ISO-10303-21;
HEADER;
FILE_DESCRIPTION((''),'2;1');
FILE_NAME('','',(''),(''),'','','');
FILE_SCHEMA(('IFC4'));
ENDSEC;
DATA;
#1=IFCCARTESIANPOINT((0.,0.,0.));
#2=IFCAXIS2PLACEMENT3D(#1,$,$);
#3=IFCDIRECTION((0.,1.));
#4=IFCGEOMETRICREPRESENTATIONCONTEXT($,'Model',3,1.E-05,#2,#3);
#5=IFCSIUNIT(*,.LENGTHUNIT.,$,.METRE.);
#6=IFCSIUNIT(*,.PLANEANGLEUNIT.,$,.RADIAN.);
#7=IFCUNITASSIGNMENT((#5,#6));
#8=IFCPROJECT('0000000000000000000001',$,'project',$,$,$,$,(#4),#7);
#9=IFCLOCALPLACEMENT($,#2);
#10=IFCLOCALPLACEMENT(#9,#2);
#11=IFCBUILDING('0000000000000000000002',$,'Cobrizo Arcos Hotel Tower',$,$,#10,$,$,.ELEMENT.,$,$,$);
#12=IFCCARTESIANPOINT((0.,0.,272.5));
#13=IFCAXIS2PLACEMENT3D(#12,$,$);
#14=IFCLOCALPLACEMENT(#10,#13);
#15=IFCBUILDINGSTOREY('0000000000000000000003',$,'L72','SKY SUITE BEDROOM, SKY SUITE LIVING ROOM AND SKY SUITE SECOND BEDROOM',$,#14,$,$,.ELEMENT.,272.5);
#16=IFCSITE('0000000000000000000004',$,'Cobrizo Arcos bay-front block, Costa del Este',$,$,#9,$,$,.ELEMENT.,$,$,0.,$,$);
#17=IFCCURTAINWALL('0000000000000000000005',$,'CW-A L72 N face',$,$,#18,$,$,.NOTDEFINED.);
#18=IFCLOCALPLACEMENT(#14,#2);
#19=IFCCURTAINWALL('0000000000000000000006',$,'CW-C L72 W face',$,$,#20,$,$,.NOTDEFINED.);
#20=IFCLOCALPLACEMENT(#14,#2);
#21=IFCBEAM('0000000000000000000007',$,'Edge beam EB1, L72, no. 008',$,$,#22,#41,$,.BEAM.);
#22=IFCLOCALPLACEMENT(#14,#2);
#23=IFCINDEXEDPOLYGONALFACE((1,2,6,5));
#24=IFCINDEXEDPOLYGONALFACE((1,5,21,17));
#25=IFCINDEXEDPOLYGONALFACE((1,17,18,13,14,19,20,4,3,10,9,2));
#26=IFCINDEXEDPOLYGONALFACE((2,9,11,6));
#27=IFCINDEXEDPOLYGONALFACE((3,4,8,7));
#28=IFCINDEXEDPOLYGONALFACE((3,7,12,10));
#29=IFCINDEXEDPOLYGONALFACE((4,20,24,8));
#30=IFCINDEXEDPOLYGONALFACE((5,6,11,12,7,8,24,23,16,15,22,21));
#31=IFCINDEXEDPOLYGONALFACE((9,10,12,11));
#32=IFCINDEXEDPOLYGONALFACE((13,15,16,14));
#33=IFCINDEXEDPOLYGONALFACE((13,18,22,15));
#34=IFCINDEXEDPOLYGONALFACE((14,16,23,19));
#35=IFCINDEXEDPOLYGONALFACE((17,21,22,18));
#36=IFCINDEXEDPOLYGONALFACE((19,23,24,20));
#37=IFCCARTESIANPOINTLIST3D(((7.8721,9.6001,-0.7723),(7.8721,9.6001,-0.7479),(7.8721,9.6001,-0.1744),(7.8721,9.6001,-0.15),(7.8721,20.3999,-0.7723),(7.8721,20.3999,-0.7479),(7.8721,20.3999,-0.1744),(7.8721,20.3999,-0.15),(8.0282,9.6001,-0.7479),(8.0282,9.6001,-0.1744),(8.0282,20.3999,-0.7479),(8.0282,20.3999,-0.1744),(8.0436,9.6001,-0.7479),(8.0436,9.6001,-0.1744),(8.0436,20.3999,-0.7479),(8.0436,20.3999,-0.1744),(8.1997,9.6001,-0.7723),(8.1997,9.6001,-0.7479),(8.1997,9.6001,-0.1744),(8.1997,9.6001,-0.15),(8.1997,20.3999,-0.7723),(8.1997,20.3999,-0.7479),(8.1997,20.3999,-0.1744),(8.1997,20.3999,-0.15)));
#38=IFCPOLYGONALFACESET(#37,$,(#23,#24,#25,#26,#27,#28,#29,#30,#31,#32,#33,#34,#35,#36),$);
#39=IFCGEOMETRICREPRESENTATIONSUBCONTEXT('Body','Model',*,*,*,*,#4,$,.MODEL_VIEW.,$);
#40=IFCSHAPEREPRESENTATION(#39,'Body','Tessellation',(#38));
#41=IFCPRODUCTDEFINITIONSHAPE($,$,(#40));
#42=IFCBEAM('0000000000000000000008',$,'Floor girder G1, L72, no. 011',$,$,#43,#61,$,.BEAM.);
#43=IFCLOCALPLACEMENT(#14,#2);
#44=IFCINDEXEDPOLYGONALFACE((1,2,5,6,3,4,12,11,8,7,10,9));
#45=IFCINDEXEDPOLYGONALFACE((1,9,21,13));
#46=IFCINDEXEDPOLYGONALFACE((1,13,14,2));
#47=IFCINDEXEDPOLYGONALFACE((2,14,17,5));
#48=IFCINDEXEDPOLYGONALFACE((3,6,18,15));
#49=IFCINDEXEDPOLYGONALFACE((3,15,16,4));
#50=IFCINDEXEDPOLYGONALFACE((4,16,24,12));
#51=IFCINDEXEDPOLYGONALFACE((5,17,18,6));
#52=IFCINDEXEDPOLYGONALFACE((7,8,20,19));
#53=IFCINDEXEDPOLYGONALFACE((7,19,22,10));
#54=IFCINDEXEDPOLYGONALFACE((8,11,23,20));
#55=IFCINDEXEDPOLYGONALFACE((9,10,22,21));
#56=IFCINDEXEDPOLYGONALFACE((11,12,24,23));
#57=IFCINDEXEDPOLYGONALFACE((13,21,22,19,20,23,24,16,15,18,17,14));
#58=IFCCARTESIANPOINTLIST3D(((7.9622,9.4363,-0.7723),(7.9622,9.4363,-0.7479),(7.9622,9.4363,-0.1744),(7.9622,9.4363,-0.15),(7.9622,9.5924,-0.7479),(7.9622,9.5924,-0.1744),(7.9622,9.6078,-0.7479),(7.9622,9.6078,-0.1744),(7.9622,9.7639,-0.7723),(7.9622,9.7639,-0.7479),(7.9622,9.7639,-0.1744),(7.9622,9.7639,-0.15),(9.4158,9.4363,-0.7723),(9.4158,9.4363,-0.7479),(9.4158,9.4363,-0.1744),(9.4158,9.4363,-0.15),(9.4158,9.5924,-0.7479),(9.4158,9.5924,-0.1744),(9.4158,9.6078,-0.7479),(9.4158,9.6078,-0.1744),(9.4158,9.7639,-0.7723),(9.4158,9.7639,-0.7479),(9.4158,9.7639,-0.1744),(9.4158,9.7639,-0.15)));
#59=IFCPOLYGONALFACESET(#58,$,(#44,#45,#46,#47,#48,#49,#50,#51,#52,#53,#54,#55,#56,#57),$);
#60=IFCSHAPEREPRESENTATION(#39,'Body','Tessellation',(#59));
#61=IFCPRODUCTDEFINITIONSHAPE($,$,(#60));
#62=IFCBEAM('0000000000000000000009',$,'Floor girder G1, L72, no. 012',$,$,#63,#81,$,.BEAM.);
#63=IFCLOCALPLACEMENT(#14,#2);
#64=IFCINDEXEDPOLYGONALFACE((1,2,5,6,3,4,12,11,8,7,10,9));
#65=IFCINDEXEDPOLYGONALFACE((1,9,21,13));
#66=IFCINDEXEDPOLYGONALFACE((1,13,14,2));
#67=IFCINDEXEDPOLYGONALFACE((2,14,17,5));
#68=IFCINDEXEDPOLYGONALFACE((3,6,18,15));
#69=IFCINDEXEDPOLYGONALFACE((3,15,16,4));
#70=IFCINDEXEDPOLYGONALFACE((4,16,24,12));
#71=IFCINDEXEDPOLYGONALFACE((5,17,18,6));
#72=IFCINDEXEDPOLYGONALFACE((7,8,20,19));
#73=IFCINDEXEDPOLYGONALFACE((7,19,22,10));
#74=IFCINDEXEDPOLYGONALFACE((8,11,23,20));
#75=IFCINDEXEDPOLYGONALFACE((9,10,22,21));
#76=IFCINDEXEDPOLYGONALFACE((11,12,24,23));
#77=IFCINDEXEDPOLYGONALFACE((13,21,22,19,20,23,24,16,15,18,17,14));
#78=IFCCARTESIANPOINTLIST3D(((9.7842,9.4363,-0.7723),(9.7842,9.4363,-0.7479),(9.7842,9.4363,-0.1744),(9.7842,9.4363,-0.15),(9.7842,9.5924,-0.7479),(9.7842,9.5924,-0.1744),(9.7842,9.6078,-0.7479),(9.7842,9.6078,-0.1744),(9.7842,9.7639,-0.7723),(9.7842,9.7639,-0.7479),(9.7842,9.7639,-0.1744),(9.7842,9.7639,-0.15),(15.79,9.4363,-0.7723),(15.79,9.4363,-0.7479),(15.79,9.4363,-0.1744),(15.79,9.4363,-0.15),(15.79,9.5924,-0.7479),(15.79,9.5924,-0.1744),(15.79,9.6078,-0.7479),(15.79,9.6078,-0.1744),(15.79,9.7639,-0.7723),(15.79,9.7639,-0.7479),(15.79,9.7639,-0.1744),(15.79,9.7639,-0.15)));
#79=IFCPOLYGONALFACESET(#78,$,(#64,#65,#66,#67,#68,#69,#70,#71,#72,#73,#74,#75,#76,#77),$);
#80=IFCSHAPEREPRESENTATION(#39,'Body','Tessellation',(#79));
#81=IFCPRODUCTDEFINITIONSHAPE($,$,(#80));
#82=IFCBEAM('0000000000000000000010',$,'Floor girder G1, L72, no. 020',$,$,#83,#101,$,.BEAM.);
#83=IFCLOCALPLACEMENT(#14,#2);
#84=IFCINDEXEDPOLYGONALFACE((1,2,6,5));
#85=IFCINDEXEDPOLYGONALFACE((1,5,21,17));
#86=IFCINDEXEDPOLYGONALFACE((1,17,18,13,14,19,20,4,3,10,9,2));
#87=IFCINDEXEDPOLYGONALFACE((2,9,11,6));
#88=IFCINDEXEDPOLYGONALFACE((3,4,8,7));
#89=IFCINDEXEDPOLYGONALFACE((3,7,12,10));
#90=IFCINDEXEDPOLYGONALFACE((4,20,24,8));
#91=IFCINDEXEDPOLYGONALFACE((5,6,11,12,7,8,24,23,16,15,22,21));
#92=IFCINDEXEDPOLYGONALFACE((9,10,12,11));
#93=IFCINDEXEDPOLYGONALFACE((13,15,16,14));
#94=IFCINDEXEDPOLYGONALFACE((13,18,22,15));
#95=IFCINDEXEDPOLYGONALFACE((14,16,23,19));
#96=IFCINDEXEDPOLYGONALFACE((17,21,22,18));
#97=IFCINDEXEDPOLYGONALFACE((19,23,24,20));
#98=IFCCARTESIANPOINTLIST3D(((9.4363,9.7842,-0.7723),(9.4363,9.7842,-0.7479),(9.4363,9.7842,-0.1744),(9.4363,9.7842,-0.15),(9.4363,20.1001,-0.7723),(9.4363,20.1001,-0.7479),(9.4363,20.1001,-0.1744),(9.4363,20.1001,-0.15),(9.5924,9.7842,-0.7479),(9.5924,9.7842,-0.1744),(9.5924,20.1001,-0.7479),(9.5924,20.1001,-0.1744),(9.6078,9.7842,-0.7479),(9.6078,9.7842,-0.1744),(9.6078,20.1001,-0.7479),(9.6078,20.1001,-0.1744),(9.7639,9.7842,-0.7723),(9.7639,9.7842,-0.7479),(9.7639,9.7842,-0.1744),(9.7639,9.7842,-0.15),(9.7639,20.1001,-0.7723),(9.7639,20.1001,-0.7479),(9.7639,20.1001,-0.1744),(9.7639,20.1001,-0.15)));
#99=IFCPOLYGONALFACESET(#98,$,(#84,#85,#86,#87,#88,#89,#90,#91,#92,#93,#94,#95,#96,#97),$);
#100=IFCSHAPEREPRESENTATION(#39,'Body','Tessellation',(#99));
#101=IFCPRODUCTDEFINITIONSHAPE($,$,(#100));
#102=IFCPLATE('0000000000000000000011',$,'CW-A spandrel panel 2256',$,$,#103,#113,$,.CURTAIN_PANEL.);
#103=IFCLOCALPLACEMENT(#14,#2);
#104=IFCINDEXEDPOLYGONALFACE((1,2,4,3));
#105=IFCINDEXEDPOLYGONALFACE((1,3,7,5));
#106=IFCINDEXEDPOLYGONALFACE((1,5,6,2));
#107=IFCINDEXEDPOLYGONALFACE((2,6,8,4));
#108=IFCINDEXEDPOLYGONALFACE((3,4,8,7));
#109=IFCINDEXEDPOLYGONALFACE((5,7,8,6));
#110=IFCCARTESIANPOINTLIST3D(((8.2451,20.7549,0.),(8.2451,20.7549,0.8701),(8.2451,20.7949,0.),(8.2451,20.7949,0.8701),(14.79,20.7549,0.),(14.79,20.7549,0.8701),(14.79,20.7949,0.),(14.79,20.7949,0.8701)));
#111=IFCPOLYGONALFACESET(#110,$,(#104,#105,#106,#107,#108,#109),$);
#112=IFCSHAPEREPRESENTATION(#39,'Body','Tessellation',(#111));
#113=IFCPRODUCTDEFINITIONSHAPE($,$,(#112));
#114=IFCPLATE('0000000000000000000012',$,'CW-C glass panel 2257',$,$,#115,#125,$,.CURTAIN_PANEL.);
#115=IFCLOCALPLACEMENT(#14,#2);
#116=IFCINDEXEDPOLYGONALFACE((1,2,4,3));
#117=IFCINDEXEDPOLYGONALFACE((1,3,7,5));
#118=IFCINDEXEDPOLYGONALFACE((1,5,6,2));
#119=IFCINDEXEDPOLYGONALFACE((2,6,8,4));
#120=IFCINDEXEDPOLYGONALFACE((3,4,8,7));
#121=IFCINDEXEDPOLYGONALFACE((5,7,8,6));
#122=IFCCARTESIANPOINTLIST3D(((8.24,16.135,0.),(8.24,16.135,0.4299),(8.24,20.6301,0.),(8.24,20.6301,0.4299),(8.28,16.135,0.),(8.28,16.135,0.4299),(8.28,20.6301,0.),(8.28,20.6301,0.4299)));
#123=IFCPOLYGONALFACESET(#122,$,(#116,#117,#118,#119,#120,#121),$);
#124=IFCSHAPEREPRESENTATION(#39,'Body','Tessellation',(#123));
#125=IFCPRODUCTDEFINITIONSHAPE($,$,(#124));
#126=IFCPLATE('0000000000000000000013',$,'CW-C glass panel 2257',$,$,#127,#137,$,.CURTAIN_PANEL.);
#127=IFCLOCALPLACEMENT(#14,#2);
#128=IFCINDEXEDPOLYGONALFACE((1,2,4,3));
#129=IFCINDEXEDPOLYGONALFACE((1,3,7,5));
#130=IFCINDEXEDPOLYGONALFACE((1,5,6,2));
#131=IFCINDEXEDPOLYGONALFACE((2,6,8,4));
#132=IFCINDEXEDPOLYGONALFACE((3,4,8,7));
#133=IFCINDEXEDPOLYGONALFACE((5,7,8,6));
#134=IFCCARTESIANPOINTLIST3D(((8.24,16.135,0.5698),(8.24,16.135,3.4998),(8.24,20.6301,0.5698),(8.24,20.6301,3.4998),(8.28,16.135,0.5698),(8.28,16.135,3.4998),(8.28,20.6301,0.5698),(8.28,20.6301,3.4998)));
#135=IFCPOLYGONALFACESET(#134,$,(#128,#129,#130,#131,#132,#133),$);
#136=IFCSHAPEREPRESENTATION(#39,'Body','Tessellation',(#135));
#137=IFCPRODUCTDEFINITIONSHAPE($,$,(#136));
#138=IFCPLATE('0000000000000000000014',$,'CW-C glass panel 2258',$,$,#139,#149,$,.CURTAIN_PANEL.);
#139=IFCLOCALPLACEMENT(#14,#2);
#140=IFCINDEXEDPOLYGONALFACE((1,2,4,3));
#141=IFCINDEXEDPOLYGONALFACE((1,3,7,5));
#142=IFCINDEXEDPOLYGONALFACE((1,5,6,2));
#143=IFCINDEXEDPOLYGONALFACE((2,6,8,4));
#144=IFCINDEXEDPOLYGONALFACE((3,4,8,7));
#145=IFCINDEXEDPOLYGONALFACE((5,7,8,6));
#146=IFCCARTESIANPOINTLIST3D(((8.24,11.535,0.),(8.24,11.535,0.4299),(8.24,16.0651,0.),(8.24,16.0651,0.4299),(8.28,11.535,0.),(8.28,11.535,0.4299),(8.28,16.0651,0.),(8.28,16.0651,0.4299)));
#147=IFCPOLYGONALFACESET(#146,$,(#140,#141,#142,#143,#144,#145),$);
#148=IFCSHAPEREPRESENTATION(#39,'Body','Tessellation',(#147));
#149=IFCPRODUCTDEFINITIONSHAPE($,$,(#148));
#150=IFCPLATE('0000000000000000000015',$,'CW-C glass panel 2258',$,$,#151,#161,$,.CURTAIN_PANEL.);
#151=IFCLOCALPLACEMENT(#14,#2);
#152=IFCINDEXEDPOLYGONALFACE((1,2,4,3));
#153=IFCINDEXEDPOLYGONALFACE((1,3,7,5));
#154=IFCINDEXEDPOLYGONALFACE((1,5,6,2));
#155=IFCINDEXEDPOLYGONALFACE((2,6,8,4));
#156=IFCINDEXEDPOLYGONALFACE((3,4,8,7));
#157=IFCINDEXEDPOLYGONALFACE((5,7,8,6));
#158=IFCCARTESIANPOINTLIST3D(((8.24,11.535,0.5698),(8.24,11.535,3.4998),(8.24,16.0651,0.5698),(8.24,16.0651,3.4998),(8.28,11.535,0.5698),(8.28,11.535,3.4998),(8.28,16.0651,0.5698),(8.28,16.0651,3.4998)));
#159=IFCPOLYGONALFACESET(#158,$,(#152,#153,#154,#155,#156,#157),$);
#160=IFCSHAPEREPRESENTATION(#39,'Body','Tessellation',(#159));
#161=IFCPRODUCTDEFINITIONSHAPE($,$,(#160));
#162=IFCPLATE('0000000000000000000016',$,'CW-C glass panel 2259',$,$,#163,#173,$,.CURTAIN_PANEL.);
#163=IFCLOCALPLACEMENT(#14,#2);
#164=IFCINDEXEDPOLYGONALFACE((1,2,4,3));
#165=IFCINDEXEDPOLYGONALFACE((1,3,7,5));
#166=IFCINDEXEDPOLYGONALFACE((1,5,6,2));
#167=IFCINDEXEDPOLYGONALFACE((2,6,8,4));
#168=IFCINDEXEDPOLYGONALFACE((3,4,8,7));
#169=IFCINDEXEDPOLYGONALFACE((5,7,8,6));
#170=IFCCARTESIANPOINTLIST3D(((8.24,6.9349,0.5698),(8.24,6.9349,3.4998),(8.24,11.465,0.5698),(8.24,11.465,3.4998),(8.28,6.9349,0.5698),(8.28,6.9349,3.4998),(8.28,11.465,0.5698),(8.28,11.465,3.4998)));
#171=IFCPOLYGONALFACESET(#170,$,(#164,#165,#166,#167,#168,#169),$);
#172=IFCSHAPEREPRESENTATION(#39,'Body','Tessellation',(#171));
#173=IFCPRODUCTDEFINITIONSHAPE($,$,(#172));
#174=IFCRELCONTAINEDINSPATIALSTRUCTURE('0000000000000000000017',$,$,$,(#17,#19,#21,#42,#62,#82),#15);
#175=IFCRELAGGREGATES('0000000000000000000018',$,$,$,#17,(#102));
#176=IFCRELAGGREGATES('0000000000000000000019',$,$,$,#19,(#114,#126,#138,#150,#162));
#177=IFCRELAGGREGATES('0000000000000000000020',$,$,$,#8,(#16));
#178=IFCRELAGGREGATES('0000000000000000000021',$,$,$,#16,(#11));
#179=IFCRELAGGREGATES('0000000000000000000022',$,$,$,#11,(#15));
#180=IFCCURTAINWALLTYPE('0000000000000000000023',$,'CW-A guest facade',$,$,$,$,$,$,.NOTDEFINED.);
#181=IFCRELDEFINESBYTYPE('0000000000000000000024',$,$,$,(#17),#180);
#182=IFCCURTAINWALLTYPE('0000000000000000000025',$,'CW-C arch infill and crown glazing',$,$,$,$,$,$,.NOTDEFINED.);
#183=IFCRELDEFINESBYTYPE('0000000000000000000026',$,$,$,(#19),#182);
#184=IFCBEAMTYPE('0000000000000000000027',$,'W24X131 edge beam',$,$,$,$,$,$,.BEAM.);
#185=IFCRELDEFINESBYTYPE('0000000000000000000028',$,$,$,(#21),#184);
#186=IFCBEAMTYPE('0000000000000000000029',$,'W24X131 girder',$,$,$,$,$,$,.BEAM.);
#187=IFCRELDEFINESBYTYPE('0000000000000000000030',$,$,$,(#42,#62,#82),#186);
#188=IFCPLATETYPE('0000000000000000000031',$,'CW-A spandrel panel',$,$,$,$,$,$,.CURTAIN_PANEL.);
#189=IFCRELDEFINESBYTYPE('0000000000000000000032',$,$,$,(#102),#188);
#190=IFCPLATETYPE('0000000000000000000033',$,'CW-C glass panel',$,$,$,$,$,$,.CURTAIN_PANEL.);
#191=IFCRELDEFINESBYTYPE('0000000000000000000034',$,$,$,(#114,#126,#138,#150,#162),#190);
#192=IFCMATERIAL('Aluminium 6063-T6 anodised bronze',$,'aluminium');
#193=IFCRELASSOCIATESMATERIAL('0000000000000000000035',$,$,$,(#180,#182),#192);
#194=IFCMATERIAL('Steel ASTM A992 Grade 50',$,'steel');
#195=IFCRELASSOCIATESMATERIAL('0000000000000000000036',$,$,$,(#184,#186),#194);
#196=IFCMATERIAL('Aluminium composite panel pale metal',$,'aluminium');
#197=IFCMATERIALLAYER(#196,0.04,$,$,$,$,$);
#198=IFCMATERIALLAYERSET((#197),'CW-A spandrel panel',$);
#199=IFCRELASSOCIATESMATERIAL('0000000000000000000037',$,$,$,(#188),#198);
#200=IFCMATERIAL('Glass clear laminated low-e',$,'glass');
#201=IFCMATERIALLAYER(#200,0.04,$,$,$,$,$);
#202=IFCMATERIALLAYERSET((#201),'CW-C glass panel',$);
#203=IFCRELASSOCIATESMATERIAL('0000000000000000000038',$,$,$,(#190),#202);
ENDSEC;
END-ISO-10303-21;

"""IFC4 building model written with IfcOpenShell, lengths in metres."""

from ifc_helpers import new_model, si_unit, direction, frame, origin, origin_2d, place, context, subcontext, project, spatial, rectangle, i_section, extrude, material, layer, layer_set, material_profile, profile_set, type_object, element, aggregate, save


model = new_model("IFC4")

# Units and contexts
model_context = context("Model", 3, precision=1e-05, world=origin(), true_north=direction((0.0, 1.0)))
body_context = subcontext(model_context, "Body", "Model", "MODEL_VIEW")
ifc_project = project(units=[si_unit("LENGTHUNIT", "METRE"), si_unit("PLANEANGLEUNIT", "RADIAN")], contexts=[model_context])

# Site, building, storey
site_placement = place(None, origin())
site = spatial("IfcSite", under=ifc_project, at=site_placement, Name="Cobrizo Arcos bay-front block, Costa del Este", CompositionType="ELEMENT", RefElevation=0.0)
building_placement = place(site_placement, origin())
building = spatial("IfcBuilding", under=site, at=building_placement, Name="Cobrizo Arcos Hotel Tower", CompositionType="ELEMENT")
storey_placement = place(building_placement, frame((0.0, 0.0, 272.5)))
storey = spatial("IfcBuildingStorey", under=building, at=storey_placement, Name="L72", Description="SKY SUITE BEDROOM, SKY SUITE LIVING ROOM AND SKY SUITE SECOND BEDROOM", CompositionType="ELEMENT", Elevation=272.5)

# Shared definitions
ifc_material_1 = material(Name="Steel ASTM A992 Grade 50", Category="steel")

# Curtain wall
ifc_material_2 = material(Name="Aluminium 6063-T6 anodised bronze", Category="aluminium")
curtain_wall_type_1 = type_object("IfcCurtainWallType", Name="CW-A guest facade", PredefinedType="NOTDEFINED", material=ifc_material_2)
curtain_wall_1_placement = place(storey_placement, origin())
curtain_wall_1 = element("IfcCurtainWall", 1, at=curtain_wall_1_placement, inside=storey, type_object=curtain_wall_type_1, Name="CW-A L72 N face", PredefinedType="NOTDEFINED")

# Curtain wall
curtain_wall_type_2 = type_object("IfcCurtainWallType", Name="CW-C arch infill and crown glazing", PredefinedType="NOTDEFINED", material=ifc_material_2)
curtain_wall_2_placement = place(storey_placement, origin())
curtain_wall_2 = element("IfcCurtainWall", 2, at=curtain_wall_2_placement, inside=storey, type_object=curtain_wall_type_2, Name="CW-C L72 W face", PredefinedType="NOTDEFINED")

# Beams
ifc_material_profile_1 = material_profile(ifc_material_1, i_section(OverallWidth=0.3276, OverallDepth=0.6223, WebThickness=0.0154, FlangeThickness=0.0244, at=origin_2d()), Name="W24X131")
ifc_profile_set_1 = profile_set([ifc_material_profile_1], Name="Steel ASTM A992 Grade 50")
beam_type_1 = type_object("IfcBeamType", Name="W24X131 edge beam", PredefinedType="BEAM", material=ifc_profile_set_1)
beam_1_placement = place(storey_placement, frame((8.0359, 9.6001, -0.4612), z_axis=(0.0, 1.0, 0.0), x_axis=(-1.0, 0.0, 0.0)))
element("IfcBeam", 3, at=beam_1_placement, inside=storey, type_object=beam_type_1, Name="Edge beam EB1, L72, no. 008", PredefinedType="BEAM", context=body_context, shape_type="SweptSolid", body=[
    extrude(i_section(OverallWidth=0.3276, OverallDepth=0.6223, WebThickness=0.0154, FlangeThickness=0.0244, at=origin_2d()), origin(), (0.0, 0.0, 1.0), 10.7998),
])
ifc_material_profile_2 = material_profile(ifc_material_1, i_section(OverallWidth=0.3276, OverallDepth=0.6223, WebThickness=0.0154, FlangeThickness=0.0244, at=origin_2d()), Name="W24X131")
ifc_profile_set_2 = profile_set([ifc_material_profile_2], Name="Steel ASTM A992 Grade 50")
beam_type_2 = type_object("IfcBeamType", Name="W24X131 girder", PredefinedType="BEAM", material=ifc_profile_set_2)
beam_2_placement = place(storey_placement, frame((7.9622, 9.6001, -0.4612), z_axis=(1.0, 0.0, 0.0), x_axis=(0.0, 1.0, 0.0)))
element("IfcBeam", 4, at=beam_2_placement, inside=storey, type_object=beam_type_2, Name="Floor girder G1, L72, no. 011", PredefinedType="BEAM", context=body_context, shape_type="SweptSolid", body=[
    extrude(i_section(OverallWidth=0.3276, OverallDepth=0.6223, WebThickness=0.0154, FlangeThickness=0.0244, at=origin_2d()), origin(), (0.0, 0.0, 1.0), 1.4536),
])
beam_3_placement = place(storey_placement, frame((9.7842, 9.6001, -0.4612), z_axis=(1.0, 0.0, 0.0), x_axis=(0.0, 1.0, 0.0)))
element("IfcBeam", 5, at=beam_3_placement, inside=storey, type_object=beam_type_2, Name="Floor girder G1, L72, no. 012", PredefinedType="BEAM", context=body_context, shape_type="SweptSolid", body=[
    extrude(i_section(OverallWidth=0.3276, OverallDepth=0.6223, WebThickness=0.0154, FlangeThickness=0.0244, at=origin_2d()), origin(), (0.0, 0.0, 1.0), 6.0059),
])
beam_4_placement = place(storey_placement, frame((9.6001, 9.7842, -0.4612), z_axis=(0.0, 1.0, 0.0), x_axis=(-1.0, 0.0, 0.0)))
element("IfcBeam", 6, at=beam_4_placement, inside=storey, type_object=beam_type_2, Name="Floor girder G1, L72, no. 020", PredefinedType="BEAM", context=body_context, shape_type="SweptSolid", body=[
    extrude(i_section(OverallWidth=0.3276, OverallDepth=0.6223, WebThickness=0.0154, FlangeThickness=0.0244, at=origin_2d()), origin(), (0.0, 0.0, 1.0), 10.3159),
])

# Plates
ifc_material_3 = material(Name="Aluminium composite panel pale metal", Category="aluminium")
ifc_layer_1 = layer(ifc_material_3, 0.04)
ifc_layer_set_1 = layer_set([ifc_layer_1], Name="CW-A spandrel panel")
plate_type_1 = type_object("IfcPlateType", Name="CW-A spandrel panel", PredefinedType="CURTAIN_PANEL", material=ifc_layer_set_1)
plate_1_placement = place(storey_placement, frame((11.5176, 20.7749, 0.0), z_axis=(0.0, 0.0, 1.0), x_axis=(-1.0, 0.0, 0.0)))
plate_1 = element("IfcPlate", 7, at=plate_1_placement, type_object=plate_type_1, Name="CW-A spandrel panel 2256", PredefinedType="CURTAIN_PANEL", context=body_context, shape_type="SweptSolid", body=[
    extrude(rectangle(XDim=6.5449, YDim=0.04, at=origin_2d()), origin(), (0.0, 0.0, 1.0), 0.8701),
])
aggregate(curtain_wall_1, [plate_1])
ifc_material_4 = material(Name="Glass clear laminated low-e", Category="glass")
ifc_layer_2 = layer(ifc_material_4, 0.04)
ifc_layer_set_2 = layer_set([ifc_layer_2], Name="CW-C glass panel")
plate_type_2 = type_object("IfcPlateType", Name="CW-C glass panel", PredefinedType="CURTAIN_PANEL", material=ifc_layer_set_2)
plate_2_placement = place(storey_placement, frame((8.26, 18.3826, 0.0), z_axis=(0.0, 0.0, 1.0), x_axis=(0.0, -1.0, 0.0)))
plate_2 = element("IfcPlate", 8, at=plate_2_placement, type_object=plate_type_2, Name="CW-C glass panel 2257", PredefinedType="CURTAIN_PANEL", context=body_context, shape_type="SweptSolid", body=[
    extrude(rectangle(XDim=4.4951, YDim=0.04, at=origin_2d()), origin(), (0.0, 0.0, 1.0), 0.4299),
])
plate_3_placement = place(storey_placement, frame((8.26, 18.3826, 0.5698), z_axis=(0.0, 0.0, 1.0), x_axis=(0.0, -1.0, 0.0)))
plate_3 = element("IfcPlate", 9, at=plate_3_placement, type_object=plate_type_2, Name="CW-C glass panel 2257", PredefinedType="CURTAIN_PANEL", context=body_context, shape_type="SweptSolid", body=[
    extrude(rectangle(XDim=4.4951, YDim=0.04, at=origin_2d()), origin(), (0.0, 0.0, 1.0), 2.9299),
])
plate_4_placement = place(storey_placement, frame((8.26, 13.8, 0.0), z_axis=(0.0, 0.0, 1.0), x_axis=(0.0, -1.0, 0.0)))
plate_4 = element("IfcPlate", 10, at=plate_4_placement, type_object=plate_type_2, Name="CW-C glass panel 2258", PredefinedType="CURTAIN_PANEL", context=body_context, shape_type="SweptSolid", body=[
    extrude(rectangle(XDim=4.53, YDim=0.04, at=origin_2d()), origin(), (0.0, 0.0, 1.0), 0.4299),
])
plate_5_placement = place(storey_placement, frame((8.26, 13.8, 0.5698), z_axis=(0.0, 0.0, 1.0), x_axis=(0.0, -1.0, 0.0)))
plate_5 = element("IfcPlate", 11, at=plate_5_placement, type_object=plate_type_2, Name="CW-C glass panel 2258", PredefinedType="CURTAIN_PANEL", context=body_context, shape_type="SweptSolid", body=[
    extrude(rectangle(XDim=4.53, YDim=0.04, at=origin_2d()), origin(), (0.0, 0.0, 1.0), 2.9299),
])
plate_6_placement = place(storey_placement, frame((8.26, 9.2, 0.5698), z_axis=(0.0, 0.0, 1.0), x_axis=(0.0, -1.0, 0.0)))
plate_6 = element("IfcPlate", 12, at=plate_6_placement, type_object=plate_type_2, Name="CW-C glass panel 2259", PredefinedType="CURTAIN_PANEL", context=body_context, shape_type="SweptSolid", body=[
    extrude(rectangle(XDim=4.53, YDim=0.04, at=origin_2d()), origin(), (0.0, 0.0, 1.0), 2.9299),
])
aggregate(curtain_wall_2, [plate_2, plate_3, plate_4, plate_5, plate_6])

save(model, "model.ifc")
